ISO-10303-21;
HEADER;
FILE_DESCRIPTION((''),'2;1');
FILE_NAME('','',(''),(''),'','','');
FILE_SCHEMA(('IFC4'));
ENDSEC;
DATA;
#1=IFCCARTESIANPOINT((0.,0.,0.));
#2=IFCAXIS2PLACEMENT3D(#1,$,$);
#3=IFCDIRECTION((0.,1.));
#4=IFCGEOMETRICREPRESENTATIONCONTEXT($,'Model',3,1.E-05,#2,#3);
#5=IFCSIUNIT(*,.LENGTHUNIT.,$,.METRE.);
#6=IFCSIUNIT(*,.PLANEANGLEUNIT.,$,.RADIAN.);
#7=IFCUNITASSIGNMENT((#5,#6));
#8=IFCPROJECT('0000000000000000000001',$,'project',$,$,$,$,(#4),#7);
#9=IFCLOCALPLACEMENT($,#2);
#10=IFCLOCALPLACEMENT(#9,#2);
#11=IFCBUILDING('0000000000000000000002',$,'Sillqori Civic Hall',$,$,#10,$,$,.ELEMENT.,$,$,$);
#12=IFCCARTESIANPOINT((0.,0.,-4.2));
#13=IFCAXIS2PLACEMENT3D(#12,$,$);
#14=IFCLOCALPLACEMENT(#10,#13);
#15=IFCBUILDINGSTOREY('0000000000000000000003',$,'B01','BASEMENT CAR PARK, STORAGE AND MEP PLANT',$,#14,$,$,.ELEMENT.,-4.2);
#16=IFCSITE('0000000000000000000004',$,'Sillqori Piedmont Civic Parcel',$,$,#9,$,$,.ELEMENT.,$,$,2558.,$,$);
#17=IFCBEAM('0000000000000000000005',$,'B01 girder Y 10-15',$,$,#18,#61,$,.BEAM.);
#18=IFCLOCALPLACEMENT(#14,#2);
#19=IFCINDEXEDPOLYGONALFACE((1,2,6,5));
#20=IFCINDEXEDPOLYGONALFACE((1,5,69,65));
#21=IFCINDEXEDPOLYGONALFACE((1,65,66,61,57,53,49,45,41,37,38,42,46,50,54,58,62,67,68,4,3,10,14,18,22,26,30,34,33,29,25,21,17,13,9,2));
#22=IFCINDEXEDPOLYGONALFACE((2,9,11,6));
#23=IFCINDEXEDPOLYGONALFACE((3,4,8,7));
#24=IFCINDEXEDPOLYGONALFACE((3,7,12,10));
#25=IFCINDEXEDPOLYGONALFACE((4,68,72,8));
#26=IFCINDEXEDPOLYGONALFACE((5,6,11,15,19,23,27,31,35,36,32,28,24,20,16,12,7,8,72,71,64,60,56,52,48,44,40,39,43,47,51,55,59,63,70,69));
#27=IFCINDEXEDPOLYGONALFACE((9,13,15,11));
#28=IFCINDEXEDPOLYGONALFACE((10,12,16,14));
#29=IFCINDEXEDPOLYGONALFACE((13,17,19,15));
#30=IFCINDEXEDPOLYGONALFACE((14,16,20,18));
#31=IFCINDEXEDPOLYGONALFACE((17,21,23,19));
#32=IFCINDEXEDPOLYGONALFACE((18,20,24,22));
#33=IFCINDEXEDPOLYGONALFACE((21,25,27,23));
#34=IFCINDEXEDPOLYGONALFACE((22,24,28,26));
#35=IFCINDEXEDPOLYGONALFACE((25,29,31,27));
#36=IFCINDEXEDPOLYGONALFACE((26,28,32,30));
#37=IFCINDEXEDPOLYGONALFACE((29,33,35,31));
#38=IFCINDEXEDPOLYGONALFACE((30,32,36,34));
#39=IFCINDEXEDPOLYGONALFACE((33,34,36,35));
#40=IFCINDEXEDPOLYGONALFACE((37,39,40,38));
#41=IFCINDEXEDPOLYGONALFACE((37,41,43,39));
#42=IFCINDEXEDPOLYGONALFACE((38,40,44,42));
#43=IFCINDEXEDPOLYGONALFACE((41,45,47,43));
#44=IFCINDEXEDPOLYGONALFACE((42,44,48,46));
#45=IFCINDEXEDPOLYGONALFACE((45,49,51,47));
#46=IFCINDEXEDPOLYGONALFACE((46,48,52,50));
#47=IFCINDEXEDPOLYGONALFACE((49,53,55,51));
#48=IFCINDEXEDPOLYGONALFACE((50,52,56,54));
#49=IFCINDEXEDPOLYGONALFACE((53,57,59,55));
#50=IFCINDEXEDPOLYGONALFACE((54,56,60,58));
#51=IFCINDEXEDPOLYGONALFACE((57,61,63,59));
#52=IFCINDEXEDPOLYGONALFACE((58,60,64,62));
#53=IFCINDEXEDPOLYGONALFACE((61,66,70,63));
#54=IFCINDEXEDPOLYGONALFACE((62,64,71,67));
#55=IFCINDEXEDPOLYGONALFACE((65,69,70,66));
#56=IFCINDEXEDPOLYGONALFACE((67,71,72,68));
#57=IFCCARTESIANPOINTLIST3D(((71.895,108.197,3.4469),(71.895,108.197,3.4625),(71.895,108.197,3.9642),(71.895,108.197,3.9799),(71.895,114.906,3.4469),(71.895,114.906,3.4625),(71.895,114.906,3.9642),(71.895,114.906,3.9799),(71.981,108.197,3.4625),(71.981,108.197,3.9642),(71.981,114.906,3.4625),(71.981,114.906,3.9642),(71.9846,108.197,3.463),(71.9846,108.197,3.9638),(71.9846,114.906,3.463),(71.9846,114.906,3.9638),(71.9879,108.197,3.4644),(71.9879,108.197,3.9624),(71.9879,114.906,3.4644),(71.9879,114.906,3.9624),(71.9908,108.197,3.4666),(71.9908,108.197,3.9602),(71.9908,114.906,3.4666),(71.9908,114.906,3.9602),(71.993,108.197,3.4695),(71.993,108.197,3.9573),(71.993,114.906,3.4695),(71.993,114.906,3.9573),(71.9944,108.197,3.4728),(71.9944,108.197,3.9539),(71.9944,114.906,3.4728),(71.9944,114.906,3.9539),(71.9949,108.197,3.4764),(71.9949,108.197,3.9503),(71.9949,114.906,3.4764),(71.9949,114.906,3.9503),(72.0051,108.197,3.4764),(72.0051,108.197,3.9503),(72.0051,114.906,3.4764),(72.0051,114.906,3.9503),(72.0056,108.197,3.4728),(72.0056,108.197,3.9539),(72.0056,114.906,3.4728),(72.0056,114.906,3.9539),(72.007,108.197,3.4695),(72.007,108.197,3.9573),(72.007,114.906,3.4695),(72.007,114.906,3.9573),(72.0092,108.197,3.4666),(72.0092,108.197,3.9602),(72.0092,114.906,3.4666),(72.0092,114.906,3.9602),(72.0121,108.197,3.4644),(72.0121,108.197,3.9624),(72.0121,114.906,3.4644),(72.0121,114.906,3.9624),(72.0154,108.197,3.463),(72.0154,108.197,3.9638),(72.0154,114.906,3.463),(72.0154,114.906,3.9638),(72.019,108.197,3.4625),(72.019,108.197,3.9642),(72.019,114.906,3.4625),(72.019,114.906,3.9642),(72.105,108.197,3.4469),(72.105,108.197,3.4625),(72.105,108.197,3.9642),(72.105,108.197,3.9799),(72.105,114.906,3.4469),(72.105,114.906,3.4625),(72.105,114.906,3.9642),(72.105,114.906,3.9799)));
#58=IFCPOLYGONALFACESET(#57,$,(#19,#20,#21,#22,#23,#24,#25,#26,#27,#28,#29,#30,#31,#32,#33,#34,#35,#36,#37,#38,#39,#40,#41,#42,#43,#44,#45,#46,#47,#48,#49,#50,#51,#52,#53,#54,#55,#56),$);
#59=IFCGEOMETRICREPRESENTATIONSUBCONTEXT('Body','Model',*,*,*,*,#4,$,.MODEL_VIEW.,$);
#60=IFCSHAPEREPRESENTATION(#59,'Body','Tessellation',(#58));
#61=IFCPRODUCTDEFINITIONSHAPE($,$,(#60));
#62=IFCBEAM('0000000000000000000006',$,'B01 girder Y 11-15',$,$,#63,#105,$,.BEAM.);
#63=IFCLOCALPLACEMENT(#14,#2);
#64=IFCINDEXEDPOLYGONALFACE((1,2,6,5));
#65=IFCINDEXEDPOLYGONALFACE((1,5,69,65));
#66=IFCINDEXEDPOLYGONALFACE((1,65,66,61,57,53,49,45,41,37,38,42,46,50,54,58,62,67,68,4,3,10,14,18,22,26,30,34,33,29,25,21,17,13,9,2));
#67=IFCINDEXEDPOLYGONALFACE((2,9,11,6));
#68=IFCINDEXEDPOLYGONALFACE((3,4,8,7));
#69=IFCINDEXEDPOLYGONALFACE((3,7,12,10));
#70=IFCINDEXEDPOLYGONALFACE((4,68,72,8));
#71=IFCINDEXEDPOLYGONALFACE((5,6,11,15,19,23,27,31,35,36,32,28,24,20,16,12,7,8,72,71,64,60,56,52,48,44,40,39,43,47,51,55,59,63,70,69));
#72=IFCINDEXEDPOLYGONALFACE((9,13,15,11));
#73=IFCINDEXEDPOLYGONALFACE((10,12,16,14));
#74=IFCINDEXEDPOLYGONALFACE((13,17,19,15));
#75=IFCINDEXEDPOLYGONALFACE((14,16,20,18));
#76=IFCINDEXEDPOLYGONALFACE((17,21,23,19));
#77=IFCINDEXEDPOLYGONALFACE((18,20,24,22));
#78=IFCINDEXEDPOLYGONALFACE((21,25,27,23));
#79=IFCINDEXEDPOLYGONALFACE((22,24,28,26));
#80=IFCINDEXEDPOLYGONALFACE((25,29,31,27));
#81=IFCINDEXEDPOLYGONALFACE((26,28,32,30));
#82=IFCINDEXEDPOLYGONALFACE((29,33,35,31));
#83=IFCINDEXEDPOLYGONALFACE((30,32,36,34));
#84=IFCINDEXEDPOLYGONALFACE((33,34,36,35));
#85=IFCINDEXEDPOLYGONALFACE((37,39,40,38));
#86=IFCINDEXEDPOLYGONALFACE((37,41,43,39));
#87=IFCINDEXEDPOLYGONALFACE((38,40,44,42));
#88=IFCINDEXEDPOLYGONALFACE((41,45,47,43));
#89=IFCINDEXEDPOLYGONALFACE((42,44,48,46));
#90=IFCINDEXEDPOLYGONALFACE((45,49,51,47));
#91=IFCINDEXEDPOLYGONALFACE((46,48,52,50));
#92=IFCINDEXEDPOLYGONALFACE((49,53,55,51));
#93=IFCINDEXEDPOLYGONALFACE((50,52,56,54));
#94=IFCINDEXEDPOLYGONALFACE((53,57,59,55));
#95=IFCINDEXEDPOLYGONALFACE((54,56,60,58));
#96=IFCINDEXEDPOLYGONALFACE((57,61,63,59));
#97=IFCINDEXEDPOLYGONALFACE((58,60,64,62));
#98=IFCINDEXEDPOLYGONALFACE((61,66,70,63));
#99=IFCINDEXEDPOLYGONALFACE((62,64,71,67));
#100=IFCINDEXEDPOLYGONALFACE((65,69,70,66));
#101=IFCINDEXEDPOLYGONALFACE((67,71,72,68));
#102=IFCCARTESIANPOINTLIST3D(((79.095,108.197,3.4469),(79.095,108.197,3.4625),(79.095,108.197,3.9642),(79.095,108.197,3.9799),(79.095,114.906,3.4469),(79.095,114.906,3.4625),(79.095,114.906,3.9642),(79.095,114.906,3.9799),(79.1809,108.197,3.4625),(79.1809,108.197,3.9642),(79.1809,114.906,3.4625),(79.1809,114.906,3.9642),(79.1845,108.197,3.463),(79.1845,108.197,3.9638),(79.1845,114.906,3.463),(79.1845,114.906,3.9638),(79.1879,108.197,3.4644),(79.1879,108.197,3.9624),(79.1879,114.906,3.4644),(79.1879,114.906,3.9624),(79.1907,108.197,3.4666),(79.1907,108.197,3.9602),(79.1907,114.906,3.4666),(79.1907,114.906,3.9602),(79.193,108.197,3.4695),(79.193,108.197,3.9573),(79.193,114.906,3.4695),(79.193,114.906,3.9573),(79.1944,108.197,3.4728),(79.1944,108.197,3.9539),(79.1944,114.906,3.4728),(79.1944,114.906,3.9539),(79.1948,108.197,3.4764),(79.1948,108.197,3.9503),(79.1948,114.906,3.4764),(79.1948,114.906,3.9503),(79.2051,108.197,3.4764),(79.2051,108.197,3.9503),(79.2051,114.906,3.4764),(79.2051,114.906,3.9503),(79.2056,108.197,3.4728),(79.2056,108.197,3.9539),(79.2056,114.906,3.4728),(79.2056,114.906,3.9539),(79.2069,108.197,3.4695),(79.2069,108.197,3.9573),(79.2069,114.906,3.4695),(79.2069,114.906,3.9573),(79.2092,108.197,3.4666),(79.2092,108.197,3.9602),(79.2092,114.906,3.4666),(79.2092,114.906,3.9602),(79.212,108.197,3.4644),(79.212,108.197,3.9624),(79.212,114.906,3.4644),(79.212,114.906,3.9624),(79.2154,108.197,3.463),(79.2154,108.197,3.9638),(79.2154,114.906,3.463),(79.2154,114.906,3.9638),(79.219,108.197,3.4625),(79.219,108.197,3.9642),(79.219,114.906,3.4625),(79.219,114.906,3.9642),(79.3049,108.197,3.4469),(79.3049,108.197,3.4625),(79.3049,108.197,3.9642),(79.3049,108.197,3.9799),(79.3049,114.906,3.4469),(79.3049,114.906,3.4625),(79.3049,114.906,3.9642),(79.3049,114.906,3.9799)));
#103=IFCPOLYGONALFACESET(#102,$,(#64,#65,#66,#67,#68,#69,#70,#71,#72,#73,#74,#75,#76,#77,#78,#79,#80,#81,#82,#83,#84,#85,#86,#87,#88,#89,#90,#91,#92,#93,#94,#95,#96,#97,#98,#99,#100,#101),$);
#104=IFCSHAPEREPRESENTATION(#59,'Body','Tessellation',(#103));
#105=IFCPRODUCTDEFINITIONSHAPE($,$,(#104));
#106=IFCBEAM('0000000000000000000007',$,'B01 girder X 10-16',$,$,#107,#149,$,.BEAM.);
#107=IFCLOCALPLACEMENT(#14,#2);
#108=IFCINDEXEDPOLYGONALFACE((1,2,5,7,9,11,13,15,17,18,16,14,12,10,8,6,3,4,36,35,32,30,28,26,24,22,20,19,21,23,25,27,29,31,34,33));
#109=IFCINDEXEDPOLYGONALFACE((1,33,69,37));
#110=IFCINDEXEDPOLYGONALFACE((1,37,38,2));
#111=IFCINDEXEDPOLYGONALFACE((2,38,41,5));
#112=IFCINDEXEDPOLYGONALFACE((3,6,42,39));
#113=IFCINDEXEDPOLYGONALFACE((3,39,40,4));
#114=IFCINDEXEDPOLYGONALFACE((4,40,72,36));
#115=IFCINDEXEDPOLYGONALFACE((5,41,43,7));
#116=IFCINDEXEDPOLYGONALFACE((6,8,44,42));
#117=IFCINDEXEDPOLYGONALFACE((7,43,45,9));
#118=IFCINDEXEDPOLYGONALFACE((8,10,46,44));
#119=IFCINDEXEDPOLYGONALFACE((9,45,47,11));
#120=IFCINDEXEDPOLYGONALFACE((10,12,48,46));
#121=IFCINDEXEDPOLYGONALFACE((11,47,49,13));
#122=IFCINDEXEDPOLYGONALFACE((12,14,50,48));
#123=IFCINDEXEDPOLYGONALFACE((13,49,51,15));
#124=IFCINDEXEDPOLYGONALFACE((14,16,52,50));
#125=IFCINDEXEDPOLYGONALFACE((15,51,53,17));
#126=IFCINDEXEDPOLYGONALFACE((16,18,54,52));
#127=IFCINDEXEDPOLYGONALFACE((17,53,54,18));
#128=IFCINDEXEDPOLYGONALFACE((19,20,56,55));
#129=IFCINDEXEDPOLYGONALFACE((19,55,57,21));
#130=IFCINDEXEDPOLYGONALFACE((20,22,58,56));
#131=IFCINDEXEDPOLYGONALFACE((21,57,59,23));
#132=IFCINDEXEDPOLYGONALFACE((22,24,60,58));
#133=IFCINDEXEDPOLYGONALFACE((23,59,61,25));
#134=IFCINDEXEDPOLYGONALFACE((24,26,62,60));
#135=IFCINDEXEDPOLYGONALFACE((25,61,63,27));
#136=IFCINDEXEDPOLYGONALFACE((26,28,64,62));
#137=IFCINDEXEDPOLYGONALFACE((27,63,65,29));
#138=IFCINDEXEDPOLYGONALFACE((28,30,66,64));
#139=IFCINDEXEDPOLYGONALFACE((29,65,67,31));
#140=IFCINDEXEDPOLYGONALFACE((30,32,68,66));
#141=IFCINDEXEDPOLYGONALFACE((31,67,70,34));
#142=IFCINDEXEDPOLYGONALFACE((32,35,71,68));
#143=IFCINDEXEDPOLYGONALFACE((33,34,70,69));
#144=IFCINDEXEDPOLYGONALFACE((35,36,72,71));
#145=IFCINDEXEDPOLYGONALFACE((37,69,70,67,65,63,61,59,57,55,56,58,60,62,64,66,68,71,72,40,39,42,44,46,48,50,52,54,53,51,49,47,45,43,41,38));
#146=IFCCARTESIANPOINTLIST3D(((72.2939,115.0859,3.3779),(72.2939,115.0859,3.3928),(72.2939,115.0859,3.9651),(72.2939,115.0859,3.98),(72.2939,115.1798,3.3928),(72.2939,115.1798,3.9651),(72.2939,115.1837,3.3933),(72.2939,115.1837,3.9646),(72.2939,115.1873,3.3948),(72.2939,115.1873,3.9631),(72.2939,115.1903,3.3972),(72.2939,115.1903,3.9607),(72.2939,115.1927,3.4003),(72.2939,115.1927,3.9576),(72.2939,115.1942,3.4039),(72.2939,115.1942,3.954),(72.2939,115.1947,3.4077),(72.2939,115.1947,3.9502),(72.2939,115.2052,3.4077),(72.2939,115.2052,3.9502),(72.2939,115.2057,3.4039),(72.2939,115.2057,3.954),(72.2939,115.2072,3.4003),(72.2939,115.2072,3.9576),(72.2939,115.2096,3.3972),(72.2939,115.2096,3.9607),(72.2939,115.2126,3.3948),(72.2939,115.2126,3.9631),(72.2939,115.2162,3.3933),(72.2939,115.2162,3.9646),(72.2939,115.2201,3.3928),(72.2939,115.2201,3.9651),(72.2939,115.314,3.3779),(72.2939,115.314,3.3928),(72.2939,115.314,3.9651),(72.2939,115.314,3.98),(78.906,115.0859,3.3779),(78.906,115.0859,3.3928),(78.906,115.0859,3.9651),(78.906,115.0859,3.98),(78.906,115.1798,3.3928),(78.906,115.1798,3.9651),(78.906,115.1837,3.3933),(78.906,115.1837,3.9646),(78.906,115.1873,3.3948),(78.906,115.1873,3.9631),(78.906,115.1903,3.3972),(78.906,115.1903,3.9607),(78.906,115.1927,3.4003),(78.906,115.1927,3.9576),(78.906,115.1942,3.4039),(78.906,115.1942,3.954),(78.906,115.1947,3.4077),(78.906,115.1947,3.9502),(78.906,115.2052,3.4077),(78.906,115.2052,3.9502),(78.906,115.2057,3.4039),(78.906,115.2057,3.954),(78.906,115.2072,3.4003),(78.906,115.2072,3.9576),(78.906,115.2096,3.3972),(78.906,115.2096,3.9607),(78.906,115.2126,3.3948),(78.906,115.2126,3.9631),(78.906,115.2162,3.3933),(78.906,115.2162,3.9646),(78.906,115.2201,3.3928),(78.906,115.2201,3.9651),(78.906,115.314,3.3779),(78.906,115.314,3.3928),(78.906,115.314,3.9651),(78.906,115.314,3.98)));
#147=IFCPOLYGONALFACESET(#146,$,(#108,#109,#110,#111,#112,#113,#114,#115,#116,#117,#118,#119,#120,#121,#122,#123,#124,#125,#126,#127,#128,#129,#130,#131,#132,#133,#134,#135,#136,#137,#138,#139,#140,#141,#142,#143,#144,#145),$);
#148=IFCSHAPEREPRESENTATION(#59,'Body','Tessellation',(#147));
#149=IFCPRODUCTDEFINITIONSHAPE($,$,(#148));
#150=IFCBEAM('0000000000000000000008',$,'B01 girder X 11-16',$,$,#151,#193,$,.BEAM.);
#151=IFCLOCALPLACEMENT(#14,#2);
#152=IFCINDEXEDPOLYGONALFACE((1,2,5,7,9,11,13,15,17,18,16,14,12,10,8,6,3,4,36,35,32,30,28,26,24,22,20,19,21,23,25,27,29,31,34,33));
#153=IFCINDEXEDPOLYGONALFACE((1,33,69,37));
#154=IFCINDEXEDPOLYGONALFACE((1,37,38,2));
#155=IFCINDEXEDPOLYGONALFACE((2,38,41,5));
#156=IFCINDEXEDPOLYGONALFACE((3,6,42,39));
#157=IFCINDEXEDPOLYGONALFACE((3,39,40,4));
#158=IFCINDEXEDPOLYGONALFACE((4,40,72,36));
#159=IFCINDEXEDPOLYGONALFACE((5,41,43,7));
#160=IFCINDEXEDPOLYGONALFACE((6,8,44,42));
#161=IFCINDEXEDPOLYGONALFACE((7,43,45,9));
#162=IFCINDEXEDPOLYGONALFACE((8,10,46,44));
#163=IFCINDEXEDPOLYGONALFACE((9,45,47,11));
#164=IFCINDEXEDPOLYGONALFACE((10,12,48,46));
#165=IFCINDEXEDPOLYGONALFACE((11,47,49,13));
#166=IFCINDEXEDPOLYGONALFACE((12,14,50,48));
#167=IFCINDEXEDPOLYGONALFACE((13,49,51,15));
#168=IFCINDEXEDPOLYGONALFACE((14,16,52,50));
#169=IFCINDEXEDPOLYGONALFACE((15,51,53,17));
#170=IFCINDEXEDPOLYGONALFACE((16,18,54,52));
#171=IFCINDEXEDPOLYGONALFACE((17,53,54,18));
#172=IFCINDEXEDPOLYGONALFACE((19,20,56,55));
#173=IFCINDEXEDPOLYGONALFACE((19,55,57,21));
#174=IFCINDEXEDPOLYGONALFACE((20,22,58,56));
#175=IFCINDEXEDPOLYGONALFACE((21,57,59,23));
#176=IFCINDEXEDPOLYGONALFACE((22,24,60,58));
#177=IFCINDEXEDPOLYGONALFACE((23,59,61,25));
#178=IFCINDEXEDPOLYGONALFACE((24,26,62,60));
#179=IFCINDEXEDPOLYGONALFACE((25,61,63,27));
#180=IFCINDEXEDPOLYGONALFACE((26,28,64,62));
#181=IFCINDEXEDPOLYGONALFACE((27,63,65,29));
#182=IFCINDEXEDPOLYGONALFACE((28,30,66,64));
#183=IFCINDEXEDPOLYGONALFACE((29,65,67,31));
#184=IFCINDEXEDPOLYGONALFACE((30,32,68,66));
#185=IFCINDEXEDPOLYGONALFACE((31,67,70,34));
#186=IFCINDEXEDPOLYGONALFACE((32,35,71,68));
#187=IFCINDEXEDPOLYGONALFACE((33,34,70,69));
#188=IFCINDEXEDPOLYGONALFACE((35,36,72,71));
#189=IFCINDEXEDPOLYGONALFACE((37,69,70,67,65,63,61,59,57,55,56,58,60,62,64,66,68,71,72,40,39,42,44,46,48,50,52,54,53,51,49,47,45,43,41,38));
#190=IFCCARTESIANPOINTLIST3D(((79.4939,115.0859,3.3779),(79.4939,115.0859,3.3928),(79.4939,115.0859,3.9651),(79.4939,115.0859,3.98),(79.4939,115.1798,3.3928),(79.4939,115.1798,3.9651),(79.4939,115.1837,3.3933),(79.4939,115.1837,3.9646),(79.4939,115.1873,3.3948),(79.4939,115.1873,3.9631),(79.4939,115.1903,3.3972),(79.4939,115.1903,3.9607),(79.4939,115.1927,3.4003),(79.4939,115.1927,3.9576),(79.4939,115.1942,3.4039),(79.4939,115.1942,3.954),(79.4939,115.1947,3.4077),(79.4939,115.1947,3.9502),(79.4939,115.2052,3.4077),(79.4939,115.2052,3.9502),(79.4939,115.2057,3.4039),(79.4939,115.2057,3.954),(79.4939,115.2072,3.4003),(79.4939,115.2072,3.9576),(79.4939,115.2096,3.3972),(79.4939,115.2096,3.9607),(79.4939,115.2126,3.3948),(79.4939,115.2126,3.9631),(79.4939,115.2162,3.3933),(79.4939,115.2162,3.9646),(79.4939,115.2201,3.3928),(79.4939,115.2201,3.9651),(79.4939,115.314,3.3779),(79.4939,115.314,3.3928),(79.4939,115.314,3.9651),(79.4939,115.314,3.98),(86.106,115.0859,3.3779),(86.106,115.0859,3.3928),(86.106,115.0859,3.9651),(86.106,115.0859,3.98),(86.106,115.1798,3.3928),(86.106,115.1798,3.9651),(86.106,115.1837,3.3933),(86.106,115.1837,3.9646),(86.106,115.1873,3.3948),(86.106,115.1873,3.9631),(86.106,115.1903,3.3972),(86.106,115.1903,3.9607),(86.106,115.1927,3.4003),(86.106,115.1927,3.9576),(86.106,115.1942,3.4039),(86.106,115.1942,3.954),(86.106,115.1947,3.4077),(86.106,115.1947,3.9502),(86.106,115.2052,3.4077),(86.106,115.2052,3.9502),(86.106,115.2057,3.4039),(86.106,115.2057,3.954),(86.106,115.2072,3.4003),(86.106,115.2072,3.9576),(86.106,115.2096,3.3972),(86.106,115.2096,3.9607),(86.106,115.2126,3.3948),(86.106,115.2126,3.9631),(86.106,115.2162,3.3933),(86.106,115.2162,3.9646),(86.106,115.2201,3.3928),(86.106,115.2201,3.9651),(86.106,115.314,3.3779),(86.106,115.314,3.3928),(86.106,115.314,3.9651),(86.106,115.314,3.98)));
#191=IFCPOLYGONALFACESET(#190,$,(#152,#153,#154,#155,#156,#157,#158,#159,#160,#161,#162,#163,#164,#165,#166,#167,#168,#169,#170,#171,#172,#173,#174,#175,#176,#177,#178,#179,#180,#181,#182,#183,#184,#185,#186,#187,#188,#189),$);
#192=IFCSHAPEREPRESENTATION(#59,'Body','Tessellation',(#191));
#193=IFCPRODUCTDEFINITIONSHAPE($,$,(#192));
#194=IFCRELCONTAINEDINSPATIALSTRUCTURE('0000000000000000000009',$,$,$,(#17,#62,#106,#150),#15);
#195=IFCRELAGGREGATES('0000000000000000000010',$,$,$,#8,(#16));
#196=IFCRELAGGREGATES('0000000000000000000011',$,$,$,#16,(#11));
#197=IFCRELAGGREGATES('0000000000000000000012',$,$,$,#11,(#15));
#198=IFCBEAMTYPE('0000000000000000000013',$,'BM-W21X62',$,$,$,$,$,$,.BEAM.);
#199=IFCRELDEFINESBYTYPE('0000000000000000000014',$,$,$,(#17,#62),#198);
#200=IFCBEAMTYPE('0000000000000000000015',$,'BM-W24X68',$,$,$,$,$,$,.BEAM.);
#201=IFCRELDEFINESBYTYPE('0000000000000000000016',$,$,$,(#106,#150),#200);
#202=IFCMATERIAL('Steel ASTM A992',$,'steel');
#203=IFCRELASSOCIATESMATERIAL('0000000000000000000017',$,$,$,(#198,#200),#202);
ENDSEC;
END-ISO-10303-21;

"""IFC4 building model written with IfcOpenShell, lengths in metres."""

from ifc_helpers import new_model, si_unit, direction, frame, origin, origin_2d, place, context, subcontext, project, spatial, i_section, extrude, material, material_profile, profile_set, type_object, element, save


model = new_model("IFC4")

# Units and contexts
model_context = context("Model", 3, precision=1e-05, world=origin(), true_north=direction((0.0, 1.0)))
body_context = subcontext(model_context, "Body", "Model", "MODEL_VIEW")
ifc_project = project(units=[si_unit("LENGTHUNIT", "METRE"), si_unit("PLANEANGLEUNIT", "RADIAN")], contexts=[model_context])

# Site, building, storey
site_placement = place(None, origin())
site = spatial("IfcSite", under=ifc_project, at=site_placement, Name="Sillqori Piedmont Civic Parcel", CompositionType="ELEMENT", RefElevation=2558.0)
building_placement = place(site_placement, origin())
building = spatial("IfcBuilding", under=site, at=building_placement, Name="Sillqori Civic Hall", CompositionType="ELEMENT")
storey_placement = place(building_placement, frame((0.0, 0.0, -4.2)))
storey = spatial("IfcBuildingStorey", under=building, at=storey_placement, Name="B01", Description="BASEMENT CAR PARK, STORAGE AND MEP PLANT", CompositionType="ELEMENT", Elevation=-4.2)

# Beams
ifc_material_1 = material(Name="Steel ASTM A992", Category="steel")
ifc_material_profile_1 = material_profile(ifc_material_1, i_section(OverallWidth=0.21, OverallDepth=0.533, WebThickness=0.0103, FlangeThickness=0.0156, FilletRadius=0.0139, at=origin_2d()), Name="W21X62")
ifc_profile_set_1 = profile_set([ifc_material_profile_1], Name="Steel ASTM A992")
beam_type_1 = type_object("IfcBeamType", Name="BM-W21X62", PredefinedType="BEAM", material=ifc_profile_set_1)
for number, where, z_axis, x_axis, name in (
    (1, (72.0, 108.197, 3.7134), (0.0, 1.0, 0.0), (-1.0, 0.0, 0.0), "B01 girder Y 10-15"),
    (2, (79.2, 108.197, 3.7134), (0.0, 1.0, 0.0), (-1.0, 0.0, 0.0), "B01 girder Y 11-15"),
):
    element("IfcBeam", number, at=place(storey_placement, frame(where, z_axis=z_axis, x_axis=x_axis)), inside=storey, type_object=beam_type_1, Name=name, PredefinedType="BEAM", context=body_context, shape_type="SweptSolid", body=[
        extrude(i_section(OverallWidth=0.21, OverallDepth=0.533, WebThickness=0.0103, FlangeThickness=0.0156, FilletRadius=0.0139, at=origin_2d()), origin(), (0.0, 0.0, 1.0), 6.709),
    ])
ifc_material_profile_2 = material_profile(ifc_material_1, i_section(OverallWidth=0.228, OverallDepth=0.6021, WebThickness=0.0105, FlangeThickness=0.0149, FilletRadius=0.0149, at=origin_2d()), Name="W24X68")
ifc_profile_set_2 = profile_set([ifc_material_profile_2], Name="Steel ASTM A992")
beam_type_2 = type_object("IfcBeamType", Name="BM-W24X68", PredefinedType="BEAM", material=ifc_profile_set_2)
for number, where, z_axis, x_axis, name in (
    (3, (72.2939, 115.2, 3.679), (1.0, 0.0, 0.0), (0.0, 1.0, 0.0), "B01 girder X 10-16"),
    (4, (79.4939, 115.2, 3.679), (1.0, 0.0, 0.0), (0.0, 1.0, 0.0), "B01 girder X 11-16"),
):
    element("IfcBeam", number, at=place(storey_placement, frame(where, z_axis=z_axis, x_axis=x_axis)), inside=storey, type_object=beam_type_2, Name=name, PredefinedType="BEAM", context=body_context, shape_type="SweptSolid", body=[
        extrude(i_section(OverallWidth=0.228, OverallDepth=0.6021, WebThickness=0.0105, FlangeThickness=0.0149, FilletRadius=0.0149, at=origin_2d()), origin(), (0.0, 0.0, 1.0), 6.6121),
    ])

save(model, "model.ifc")
